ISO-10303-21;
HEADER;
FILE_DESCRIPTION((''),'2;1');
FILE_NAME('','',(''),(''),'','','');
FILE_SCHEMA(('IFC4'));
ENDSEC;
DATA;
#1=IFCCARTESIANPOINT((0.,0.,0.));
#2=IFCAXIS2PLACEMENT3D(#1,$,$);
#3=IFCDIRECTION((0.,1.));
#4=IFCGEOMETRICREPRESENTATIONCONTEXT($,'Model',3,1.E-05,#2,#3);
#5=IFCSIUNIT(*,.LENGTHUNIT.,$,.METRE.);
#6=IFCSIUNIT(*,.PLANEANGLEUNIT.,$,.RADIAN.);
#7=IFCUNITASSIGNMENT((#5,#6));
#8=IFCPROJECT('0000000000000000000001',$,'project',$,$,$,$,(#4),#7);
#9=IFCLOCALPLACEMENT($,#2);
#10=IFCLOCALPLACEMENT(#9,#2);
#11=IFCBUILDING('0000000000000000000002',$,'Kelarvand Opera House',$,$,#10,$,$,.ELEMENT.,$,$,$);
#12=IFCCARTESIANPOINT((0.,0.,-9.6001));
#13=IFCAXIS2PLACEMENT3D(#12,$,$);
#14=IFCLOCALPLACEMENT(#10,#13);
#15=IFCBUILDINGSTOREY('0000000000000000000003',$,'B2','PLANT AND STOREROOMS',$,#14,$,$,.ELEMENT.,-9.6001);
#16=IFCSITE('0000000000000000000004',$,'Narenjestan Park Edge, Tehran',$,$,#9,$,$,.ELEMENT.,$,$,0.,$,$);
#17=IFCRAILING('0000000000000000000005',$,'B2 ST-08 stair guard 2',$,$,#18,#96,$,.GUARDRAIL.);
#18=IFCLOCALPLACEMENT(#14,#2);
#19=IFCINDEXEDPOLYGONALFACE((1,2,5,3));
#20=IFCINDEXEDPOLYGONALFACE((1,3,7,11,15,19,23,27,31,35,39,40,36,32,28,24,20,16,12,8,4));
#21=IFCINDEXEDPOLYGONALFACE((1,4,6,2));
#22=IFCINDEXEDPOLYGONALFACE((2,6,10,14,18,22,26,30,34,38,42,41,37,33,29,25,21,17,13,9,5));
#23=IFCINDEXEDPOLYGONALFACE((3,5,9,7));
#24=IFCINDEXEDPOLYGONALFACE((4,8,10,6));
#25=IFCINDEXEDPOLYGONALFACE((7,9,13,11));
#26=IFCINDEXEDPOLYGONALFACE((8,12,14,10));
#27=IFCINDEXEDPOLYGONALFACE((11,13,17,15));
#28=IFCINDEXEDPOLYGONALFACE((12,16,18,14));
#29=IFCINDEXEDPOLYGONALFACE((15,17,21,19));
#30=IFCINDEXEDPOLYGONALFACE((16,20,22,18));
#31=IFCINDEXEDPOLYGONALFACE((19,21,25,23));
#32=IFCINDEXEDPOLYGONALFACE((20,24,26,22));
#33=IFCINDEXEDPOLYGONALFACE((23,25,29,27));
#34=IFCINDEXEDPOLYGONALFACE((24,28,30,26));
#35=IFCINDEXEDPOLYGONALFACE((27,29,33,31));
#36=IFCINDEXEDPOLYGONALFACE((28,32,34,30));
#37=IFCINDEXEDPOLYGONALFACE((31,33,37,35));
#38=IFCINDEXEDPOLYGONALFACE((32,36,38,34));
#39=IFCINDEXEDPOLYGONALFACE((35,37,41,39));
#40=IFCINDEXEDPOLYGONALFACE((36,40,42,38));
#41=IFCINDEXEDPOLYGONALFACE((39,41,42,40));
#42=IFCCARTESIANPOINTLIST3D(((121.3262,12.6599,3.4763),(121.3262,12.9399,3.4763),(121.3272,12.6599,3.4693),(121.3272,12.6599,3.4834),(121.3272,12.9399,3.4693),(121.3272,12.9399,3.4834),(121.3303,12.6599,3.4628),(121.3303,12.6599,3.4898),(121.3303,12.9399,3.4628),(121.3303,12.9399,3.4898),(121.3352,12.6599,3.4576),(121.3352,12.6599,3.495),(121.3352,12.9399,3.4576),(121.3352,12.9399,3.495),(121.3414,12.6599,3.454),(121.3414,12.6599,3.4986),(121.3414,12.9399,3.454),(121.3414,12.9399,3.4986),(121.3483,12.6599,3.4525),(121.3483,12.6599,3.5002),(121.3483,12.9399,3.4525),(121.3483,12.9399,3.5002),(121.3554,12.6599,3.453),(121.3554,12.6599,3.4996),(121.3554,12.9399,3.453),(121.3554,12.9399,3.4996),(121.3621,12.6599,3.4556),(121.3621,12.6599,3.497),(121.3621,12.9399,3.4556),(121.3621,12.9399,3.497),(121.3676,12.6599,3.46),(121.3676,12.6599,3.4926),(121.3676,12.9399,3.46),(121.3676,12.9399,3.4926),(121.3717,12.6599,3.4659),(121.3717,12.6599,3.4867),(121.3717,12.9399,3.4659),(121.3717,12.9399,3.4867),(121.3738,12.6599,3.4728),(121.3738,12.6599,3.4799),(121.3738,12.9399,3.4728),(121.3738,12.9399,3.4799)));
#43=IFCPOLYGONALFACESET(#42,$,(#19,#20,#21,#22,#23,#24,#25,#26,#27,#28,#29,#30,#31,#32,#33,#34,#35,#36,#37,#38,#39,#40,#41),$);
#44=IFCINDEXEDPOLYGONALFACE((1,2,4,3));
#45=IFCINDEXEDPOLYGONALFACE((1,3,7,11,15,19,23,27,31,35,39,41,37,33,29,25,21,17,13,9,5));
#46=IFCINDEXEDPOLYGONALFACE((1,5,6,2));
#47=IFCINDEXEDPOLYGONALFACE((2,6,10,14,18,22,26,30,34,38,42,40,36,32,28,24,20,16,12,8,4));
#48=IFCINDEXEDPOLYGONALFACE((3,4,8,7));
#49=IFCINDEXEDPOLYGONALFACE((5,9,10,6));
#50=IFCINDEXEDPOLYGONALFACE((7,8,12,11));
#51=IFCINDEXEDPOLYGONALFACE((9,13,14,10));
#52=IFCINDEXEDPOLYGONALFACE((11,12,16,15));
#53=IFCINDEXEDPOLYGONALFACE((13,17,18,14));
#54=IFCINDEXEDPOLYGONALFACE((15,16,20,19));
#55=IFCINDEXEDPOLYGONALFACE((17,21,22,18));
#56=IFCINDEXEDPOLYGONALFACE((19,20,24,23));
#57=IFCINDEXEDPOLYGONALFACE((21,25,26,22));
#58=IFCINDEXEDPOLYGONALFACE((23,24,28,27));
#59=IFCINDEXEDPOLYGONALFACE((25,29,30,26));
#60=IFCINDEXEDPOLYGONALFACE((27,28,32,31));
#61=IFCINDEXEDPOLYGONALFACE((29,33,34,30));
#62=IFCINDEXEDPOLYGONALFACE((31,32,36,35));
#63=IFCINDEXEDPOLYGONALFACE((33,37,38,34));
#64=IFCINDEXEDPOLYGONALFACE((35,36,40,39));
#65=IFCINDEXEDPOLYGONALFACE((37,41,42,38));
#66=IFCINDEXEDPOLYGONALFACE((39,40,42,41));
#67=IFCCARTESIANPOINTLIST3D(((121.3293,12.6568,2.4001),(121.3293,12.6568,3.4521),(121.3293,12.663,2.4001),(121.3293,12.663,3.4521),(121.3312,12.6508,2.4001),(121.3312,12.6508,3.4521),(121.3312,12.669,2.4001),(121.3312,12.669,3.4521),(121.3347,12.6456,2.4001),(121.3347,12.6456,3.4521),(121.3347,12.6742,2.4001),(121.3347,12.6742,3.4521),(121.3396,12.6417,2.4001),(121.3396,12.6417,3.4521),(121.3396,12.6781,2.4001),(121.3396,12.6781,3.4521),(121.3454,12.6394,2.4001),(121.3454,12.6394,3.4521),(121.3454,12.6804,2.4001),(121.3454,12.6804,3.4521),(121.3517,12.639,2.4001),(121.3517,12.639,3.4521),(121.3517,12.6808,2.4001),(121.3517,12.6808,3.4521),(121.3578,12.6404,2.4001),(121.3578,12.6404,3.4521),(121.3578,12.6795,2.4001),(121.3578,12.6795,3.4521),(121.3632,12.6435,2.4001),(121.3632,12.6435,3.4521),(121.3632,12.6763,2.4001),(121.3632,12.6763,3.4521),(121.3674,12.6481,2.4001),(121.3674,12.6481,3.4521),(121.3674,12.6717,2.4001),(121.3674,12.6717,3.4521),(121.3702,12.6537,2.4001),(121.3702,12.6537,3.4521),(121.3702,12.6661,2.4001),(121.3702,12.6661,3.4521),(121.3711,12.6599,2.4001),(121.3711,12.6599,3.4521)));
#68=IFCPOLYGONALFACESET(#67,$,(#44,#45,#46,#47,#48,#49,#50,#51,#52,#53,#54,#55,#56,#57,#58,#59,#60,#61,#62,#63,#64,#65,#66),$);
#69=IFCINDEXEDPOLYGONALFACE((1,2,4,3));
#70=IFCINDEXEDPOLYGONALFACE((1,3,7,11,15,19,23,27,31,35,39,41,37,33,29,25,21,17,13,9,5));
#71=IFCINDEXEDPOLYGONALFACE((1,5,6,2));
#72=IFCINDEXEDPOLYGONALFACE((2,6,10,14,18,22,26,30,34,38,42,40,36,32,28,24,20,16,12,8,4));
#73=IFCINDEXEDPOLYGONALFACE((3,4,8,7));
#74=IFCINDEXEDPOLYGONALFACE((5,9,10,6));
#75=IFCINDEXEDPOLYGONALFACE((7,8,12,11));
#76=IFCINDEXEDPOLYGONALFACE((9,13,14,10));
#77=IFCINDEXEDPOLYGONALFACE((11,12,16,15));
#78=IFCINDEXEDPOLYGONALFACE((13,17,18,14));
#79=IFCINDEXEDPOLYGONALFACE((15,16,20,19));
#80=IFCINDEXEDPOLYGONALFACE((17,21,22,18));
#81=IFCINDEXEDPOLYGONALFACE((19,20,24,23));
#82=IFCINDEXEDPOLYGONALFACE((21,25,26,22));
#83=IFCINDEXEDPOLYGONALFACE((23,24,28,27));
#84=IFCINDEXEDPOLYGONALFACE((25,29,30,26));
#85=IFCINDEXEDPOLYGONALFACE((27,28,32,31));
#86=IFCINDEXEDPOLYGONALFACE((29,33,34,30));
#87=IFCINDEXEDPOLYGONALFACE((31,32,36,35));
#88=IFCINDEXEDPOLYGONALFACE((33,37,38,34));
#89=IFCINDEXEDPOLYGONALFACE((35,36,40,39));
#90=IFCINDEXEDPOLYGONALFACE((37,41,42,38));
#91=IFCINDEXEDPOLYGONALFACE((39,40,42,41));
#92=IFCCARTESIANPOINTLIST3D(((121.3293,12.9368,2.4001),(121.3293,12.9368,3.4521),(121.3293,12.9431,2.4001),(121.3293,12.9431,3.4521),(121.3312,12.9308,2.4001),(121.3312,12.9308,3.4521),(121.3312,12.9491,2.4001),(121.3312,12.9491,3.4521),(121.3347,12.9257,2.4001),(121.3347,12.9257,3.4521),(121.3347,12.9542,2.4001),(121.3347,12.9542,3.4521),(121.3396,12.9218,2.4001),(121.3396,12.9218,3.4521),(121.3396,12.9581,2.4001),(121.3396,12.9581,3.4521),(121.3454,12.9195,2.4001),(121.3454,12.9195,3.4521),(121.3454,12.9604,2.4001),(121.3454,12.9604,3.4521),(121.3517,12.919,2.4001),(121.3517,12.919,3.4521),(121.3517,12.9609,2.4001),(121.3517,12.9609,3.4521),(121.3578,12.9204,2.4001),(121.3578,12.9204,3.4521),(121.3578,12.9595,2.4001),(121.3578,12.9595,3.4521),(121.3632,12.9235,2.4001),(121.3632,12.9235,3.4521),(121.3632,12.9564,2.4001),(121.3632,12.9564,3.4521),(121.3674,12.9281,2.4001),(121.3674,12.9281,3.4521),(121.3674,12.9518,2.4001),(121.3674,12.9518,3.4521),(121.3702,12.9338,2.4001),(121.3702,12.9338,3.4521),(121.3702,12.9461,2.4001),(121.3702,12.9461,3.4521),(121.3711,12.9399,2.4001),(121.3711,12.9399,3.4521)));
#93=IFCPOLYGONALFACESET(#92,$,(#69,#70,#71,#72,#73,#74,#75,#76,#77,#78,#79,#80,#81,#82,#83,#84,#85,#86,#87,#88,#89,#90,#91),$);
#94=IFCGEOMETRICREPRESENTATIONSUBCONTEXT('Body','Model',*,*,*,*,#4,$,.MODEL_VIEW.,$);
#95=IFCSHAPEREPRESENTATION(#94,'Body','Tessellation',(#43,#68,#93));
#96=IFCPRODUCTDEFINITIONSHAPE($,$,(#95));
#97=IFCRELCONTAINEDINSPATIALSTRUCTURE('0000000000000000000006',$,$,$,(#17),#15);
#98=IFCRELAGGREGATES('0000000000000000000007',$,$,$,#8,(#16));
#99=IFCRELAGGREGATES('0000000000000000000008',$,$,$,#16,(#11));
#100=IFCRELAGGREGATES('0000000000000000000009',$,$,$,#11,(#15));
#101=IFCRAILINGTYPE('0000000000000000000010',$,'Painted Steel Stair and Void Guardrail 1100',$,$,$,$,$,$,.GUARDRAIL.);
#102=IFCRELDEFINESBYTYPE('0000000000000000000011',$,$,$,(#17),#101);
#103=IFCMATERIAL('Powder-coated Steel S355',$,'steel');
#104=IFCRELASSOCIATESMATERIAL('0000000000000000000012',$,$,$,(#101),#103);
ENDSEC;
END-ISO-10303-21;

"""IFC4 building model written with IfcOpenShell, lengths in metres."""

from ifc_helpers import new_model, si_unit, direction, frame, origin, origin_2d, place, context, subcontext, project, spatial, circle, extrude, material, type_object, element, save


model = new_model("IFC4")

# Units and contexts
model_context = context("Model", 3, precision=1e-05, world=origin(), true_north=direction((0.0, 1.0)))
body_context = subcontext(model_context, "Body", "Model", "MODEL_VIEW")
ifc_project = project(units=[si_unit("LENGTHUNIT", "METRE"), si_unit("PLANEANGLEUNIT", "RADIAN")], contexts=[model_context])

# Site, building, storey
site_placement = place(None, origin())
site = spatial("IfcSite", under=ifc_project, at=site_placement, Name="Narenjestan Park Edge, Tehran", CompositionType="ELEMENT", RefElevation=0.0)
building_placement = place(site_placement, origin())
building = spatial("IfcBuilding", under=site, at=building_placement, Name="Kelarvand Opera House", CompositionType="ELEMENT")
storey_placement = place(building_placement, frame((0.0, 0.0, -9.6001)))
storey = spatial("IfcBuildingStorey", under=building, at=storey_placement, Name="B2", Description="PLANT AND STOREROOMS", CompositionType="ELEMENT", Elevation=-9.6001)

# Railing
ifc_material_1 = material(Name="Powder-coated Steel S355", Category="steel")
railing_type_1 = type_object("IfcRailingType", Name="Painted Steel Stair and Void Guardrail 1100", PredefinedType="GUARDRAIL", material=ifc_material_1)
railing_1_placement = place(storey_placement, frame((121.3501, 12.6599, 2.4001)))
element("IfcRailing", 1, at=railing_1_placement, inside=storey, type_object=railing_type_1, Name="B2 ST-08 stair guard 2", PredefinedType="GUARDRAIL", context=body_context, shape_type="SweptSolid", body=[
    extrude(circle(Radius=0.0239, at=origin_2d()), frame((0.0, 0.0, 1.0762), z_axis=(0.0, 1.0, 0.0), x_axis=(-1.0, 0.0, 0.0)), (0.0, 0.0, 1.0), 0.28),
    extrude(circle(Radius=0.021, at=origin_2d()), origin(), (0.0, 0.0, 1.0), 1.052),
    extrude(circle(Radius=0.021, at=origin_2d()), frame((0.0, 0.28, 0.0)), (0.0, 0.0, 1.0), 1.052),
])

save(model, "model.ifc")
